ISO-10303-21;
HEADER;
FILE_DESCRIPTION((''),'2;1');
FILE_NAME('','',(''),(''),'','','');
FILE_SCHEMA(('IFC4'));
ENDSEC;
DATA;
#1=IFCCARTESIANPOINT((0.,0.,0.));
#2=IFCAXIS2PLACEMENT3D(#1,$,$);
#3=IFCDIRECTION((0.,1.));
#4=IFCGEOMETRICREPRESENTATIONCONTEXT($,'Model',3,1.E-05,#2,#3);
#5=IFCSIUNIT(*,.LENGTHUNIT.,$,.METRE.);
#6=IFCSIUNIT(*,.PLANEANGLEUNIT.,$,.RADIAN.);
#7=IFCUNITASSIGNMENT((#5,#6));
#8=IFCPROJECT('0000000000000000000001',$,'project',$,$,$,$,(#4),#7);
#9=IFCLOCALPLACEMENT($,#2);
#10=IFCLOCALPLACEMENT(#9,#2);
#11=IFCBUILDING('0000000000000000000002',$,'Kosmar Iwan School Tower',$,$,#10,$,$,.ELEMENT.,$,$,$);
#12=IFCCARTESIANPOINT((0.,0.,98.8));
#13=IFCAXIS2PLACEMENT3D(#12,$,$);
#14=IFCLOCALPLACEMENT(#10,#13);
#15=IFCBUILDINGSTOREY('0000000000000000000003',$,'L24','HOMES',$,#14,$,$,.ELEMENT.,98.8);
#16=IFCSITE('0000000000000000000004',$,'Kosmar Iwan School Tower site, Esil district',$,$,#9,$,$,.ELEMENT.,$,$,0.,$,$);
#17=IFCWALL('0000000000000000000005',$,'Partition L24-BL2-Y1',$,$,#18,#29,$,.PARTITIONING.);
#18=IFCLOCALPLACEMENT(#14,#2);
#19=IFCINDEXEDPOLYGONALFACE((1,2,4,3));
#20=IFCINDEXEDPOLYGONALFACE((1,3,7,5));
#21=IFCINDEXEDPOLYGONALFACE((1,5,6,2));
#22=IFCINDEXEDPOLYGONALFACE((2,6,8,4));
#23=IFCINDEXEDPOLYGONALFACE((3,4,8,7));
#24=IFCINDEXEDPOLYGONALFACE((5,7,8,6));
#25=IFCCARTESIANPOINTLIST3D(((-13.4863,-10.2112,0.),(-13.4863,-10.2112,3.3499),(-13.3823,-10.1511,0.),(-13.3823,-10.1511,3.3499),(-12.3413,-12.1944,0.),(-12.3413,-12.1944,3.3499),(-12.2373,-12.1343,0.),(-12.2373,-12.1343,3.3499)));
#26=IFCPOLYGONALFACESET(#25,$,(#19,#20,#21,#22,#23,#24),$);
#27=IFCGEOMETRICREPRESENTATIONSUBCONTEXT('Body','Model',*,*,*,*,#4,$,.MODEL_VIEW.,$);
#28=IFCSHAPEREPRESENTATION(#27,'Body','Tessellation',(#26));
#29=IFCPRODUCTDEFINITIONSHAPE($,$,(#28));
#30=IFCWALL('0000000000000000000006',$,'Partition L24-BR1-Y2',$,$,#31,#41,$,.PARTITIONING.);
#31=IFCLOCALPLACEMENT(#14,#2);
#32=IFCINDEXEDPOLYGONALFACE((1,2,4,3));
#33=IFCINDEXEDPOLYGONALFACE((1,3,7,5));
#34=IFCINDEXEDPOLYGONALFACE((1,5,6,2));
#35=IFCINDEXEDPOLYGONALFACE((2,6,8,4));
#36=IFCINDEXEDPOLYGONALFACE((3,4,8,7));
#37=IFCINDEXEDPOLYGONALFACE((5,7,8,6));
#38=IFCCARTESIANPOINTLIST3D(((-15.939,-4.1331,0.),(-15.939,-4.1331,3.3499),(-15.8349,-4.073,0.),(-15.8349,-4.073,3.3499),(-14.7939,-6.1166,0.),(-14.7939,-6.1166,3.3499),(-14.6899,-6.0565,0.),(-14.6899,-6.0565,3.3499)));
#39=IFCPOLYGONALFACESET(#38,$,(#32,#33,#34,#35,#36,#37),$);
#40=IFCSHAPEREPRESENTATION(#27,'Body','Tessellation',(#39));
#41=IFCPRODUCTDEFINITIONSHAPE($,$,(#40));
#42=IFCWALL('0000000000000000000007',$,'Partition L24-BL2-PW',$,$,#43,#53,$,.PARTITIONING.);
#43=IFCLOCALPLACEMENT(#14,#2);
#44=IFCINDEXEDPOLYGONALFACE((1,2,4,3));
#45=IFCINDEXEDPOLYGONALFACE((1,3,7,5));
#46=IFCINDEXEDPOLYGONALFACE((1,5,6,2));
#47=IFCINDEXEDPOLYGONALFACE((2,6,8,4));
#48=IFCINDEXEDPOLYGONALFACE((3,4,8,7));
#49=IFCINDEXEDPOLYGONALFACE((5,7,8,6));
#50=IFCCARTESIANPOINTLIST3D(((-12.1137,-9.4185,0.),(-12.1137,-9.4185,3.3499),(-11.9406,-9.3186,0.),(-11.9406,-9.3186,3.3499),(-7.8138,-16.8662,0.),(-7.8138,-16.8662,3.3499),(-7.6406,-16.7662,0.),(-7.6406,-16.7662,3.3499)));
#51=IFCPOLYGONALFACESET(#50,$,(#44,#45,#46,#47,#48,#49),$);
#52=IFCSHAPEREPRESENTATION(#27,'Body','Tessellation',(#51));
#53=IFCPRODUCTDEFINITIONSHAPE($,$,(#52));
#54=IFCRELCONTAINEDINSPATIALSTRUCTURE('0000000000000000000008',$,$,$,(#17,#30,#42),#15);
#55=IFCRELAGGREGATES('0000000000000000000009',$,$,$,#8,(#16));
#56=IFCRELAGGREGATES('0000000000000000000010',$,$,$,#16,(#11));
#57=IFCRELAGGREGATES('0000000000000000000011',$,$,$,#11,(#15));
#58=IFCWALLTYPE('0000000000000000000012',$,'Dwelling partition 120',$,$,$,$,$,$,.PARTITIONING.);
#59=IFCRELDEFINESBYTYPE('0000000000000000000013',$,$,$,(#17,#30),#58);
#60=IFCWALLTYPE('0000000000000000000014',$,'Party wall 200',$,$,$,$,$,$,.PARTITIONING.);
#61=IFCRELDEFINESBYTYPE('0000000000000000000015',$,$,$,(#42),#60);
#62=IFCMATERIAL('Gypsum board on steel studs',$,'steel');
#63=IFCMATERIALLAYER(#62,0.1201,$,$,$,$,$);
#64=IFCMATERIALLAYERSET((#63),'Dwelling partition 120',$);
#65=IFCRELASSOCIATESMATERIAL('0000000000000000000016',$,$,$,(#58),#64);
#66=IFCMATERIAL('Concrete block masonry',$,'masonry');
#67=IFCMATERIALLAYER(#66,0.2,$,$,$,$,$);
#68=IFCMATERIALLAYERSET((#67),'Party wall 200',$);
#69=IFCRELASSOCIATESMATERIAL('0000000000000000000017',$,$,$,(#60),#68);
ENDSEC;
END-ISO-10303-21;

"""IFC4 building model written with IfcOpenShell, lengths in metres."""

from ifc_helpers import new_model, si_unit, direction, frame, frame_2d, origin, place, context, subcontext, project, spatial, rectangle, extrude, material, layer, layer_set, type_object, element, save


model = new_model("IFC4")

# Units and contexts
model_context = context("Model", 3, precision=1e-05, world=origin(), true_north=direction((0.0, 1.0)))
body_context = subcontext(model_context, "Body", "Model", "MODEL_VIEW")
ifc_project = project(units=[si_unit("LENGTHUNIT", "METRE"), si_unit("PLANEANGLEUNIT", "RADIAN")], contexts=[model_context])

# Site, building, storey
site_placement = place(None, origin())
site = spatial("IfcSite", under=ifc_project, at=site_placement, Name="Kosmar Iwan School Tower site, Esil district", CompositionType="ELEMENT", RefElevation=0.0)
building_placement = place(site_placement, origin())
building = spatial("IfcBuilding", under=site, at=building_placement, Name="Kosmar Iwan School Tower", CompositionType="ELEMENT")
storey_placement = place(building_placement, frame((0.0, 0.0, 98.8)))
storey = spatial("IfcBuildingStorey", under=building, at=storey_placement, Name="L24", Description="HOMES", CompositionType="ELEMENT", Elevation=98.8)

# Shared definitions
ifc_material_1 = material(Name="Gypsum board on steel studs", Category="steel")
ifc_layer_1 = layer(ifc_material_1, 0.1201)
ifc_layer_set_1 = layer_set([ifc_layer_1], Name="Dwelling partition 120")
wall_type_1 = type_object("IfcWallType", Name="Dwelling partition 120", PredefinedType="PARTITIONING", material=ifc_layer_set_1)

# Walls
wall_1_placement = place(storey_placement, frame((-13.4343, -10.1812, 0.0), z_axis=(0.0, 0.0, 1.0), x_axis=(0.500015, -0.866017, 0.0)))
element("IfcWall", 1, at=wall_1_placement, inside=storey, type_object=wall_type_1, Name="Partition L24-BL2-Y1", PredefinedType="PARTITIONING", context=body_context, shape_type="SweptSolid", body=[
    extrude(rectangle(XDim=2.29, YDim=0.1201, at=frame_2d((1.145, 0.0))), origin(), (0.0, 0.0, 1.0), 3.3499),
])
wall_2_placement = place(storey_placement, frame((-14.7419, -6.0864, 0.0), z_axis=(0.0, 0.0, 1.0), x_axis=(-0.499969, 0.866044, 0.0)))
element("IfcWall", 2, at=wall_2_placement, inside=storey, type_object=wall_type_1, Name="Partition L24-BR1-Y2", PredefinedType="PARTITIONING", context=body_context, shape_type="SweptSolid", body=[
    extrude(rectangle(XDim=2.2903, YDim=0.1201, at=frame_2d((1.145, 0.0))), origin(), (0.0, 0.0, 1.0), 3.3499),
])
ifc_material_2 = material(Name="Concrete block masonry", Category="masonry")
ifc_layer_2 = layer(ifc_material_2, 0.2)
ifc_layer_set_2 = layer_set([ifc_layer_2], Name="Party wall 200")
wall_type_2 = type_object("IfcWallType", Name="Party wall 200", PredefinedType="PARTITIONING", material=ifc_layer_set_2)
wall_3_placement = place(storey_placement, frame((-12.0271, -9.3687, 0.0), z_axis=(0.0, 0.0, 1.0), x_axis=(0.500008, -0.866021, 0.0)))
element("IfcWall", 3, at=wall_3_placement, inside=storey, type_object=wall_type_2, Name="Partition L24-BL2-PW", PredefinedType="PARTITIONING", context=body_context, shape_type="SweptSolid", body=[
    extrude(rectangle(XDim=8.5999, YDim=0.2, at=frame_2d((4.2998, 0.0))), origin(), (0.0, 0.0, 1.0), 3.3499),
])

save(model, "model.ifc")
